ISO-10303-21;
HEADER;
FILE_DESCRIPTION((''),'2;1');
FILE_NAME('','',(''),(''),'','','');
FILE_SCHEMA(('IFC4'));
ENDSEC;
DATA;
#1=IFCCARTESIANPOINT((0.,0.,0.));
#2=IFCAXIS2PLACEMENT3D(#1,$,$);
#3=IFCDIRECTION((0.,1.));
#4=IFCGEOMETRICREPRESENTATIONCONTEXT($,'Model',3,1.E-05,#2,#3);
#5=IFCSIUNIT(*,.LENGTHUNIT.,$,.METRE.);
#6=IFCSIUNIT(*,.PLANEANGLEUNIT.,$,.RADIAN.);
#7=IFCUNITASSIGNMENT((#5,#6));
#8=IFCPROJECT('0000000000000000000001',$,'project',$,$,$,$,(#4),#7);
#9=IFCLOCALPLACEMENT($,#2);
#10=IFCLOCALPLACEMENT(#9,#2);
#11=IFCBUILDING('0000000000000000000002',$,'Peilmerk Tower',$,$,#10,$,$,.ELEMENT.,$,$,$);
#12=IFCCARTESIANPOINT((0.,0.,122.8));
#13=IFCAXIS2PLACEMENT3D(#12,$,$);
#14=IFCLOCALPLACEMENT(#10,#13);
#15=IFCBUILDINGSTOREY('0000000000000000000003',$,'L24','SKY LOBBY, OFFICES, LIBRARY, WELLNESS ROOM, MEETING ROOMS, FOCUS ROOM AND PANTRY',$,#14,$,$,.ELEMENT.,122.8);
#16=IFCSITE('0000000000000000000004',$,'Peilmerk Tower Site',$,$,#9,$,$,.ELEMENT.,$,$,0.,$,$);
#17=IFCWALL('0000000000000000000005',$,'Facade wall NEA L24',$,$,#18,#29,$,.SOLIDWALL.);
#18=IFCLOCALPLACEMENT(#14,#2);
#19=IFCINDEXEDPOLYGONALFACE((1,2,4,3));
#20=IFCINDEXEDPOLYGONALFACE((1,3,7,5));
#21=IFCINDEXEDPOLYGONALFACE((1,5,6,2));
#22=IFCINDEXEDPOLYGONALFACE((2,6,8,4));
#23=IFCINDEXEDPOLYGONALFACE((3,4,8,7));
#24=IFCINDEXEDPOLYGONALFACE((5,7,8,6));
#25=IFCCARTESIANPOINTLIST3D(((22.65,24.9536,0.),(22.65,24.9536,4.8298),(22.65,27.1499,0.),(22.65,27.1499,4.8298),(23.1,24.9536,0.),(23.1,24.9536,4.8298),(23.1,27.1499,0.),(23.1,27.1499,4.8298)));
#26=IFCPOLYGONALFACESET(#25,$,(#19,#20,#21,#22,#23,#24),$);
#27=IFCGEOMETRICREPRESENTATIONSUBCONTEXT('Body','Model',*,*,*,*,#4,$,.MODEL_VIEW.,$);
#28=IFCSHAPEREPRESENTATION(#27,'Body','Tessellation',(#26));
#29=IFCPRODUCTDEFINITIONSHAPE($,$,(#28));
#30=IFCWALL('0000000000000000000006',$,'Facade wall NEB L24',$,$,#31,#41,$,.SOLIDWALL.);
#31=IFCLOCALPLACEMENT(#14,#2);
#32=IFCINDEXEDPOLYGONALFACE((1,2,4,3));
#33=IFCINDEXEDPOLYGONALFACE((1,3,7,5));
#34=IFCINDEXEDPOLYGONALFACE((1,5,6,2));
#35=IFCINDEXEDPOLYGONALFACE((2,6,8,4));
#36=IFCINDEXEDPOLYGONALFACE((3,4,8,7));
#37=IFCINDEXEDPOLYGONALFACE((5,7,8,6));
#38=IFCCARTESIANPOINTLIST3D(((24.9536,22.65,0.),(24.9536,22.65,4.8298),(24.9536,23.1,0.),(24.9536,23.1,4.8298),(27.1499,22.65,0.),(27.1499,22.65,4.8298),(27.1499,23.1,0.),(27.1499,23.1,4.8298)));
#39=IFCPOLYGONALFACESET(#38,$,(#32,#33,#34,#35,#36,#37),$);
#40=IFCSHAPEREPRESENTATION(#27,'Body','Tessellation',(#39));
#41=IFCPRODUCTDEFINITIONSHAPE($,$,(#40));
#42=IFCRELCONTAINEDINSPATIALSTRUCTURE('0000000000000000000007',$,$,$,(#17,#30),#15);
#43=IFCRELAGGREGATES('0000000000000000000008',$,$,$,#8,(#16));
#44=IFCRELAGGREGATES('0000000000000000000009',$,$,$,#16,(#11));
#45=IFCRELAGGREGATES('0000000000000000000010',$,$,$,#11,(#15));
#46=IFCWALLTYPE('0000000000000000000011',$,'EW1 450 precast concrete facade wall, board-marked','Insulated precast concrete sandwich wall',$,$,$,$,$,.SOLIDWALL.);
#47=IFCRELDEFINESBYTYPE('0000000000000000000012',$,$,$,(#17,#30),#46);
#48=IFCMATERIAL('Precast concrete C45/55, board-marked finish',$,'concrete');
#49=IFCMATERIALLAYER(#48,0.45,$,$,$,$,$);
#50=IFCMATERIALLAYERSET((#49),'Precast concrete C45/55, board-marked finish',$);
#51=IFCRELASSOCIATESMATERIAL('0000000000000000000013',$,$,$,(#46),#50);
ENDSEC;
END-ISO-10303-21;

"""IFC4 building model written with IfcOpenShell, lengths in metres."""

from ifc_helpers import new_model, si_unit, direction, frame, frame_2d, origin, place, context, subcontext, project, spatial, rectangle, extrude, material, layer, layer_set, type_object, element, save


model = new_model("IFC4")

# Units and contexts
model_context = context("Model", 3, precision=1e-05, world=origin(), true_north=direction((0.0, 1.0)))
body_context = subcontext(model_context, "Body", "Model", "MODEL_VIEW")
ifc_project = project(units=[si_unit("LENGTHUNIT", "METRE"), si_unit("PLANEANGLEUNIT", "RADIAN")], contexts=[model_context])

# Site, building, storey
site_placement = place(None, origin())
site = spatial("IfcSite", under=ifc_project, at=site_placement, Name="Peilmerk Tower Site", CompositionType="ELEMENT", RefElevation=0.0)
building_placement = place(site_placement, origin())
building = spatial("IfcBuilding", under=site, at=building_placement, Name="Peilmerk Tower", CompositionType="ELEMENT")
storey_placement = place(building_placement, frame((0.0, 0.0, 122.8)))
storey = spatial("IfcBuildingStorey", under=building, at=storey_placement, Name="L24", Description="SKY LOBBY, OFFICES, LIBRARY, WELLNESS ROOM, MEETING ROOMS, FOCUS ROOM AND PANTRY", CompositionType="ELEMENT", Elevation=122.8)

# Shared definitions
ifc_material_1 = material(Name="Precast concrete C45/55, board-marked finish", Category="concrete")
ifc_layer_1 = layer(ifc_material_1, 0.45)
ifc_layer_set_1 = layer_set([ifc_layer_1], Name="Precast concrete C45/55, board-marked finish")
wall_type = type_object("IfcWallType", Name="EW1 450 precast concrete facade wall, board-marked", Description="Insulated precast concrete sandwich wall", PredefinedType="SOLIDWALL", material=ifc_layer_set_1)

# Walls
for number, where, z_axis, x_axis, name in (
    (1, (22.875, 24.9536, 0.0), (0.0, 0.0, 1.0), (0.0, 1.0, 0.0), "Facade wall NEA L24"),
    (2, (24.9536, 22.875, 0.0), (0.0, 0.0, 1.0), (1.0, 0.0, 0.0), "Facade wall NEB L24"),
):
    element("IfcWall", number, at=place(storey_placement, frame(where, z_axis=z_axis, x_axis=x_axis)), inside=storey, type_object=wall_type, Name=name, PredefinedType="SOLIDWALL", context=body_context, shape_type="SweptSolid", body=[
        extrude(rectangle(XDim=2.1963, YDim=0.45, at=frame_2d((1.0981, 0.0))), origin(), (0.0, 0.0, 1.0), 4.8298),
    ])

save(model, "model.ifc")
